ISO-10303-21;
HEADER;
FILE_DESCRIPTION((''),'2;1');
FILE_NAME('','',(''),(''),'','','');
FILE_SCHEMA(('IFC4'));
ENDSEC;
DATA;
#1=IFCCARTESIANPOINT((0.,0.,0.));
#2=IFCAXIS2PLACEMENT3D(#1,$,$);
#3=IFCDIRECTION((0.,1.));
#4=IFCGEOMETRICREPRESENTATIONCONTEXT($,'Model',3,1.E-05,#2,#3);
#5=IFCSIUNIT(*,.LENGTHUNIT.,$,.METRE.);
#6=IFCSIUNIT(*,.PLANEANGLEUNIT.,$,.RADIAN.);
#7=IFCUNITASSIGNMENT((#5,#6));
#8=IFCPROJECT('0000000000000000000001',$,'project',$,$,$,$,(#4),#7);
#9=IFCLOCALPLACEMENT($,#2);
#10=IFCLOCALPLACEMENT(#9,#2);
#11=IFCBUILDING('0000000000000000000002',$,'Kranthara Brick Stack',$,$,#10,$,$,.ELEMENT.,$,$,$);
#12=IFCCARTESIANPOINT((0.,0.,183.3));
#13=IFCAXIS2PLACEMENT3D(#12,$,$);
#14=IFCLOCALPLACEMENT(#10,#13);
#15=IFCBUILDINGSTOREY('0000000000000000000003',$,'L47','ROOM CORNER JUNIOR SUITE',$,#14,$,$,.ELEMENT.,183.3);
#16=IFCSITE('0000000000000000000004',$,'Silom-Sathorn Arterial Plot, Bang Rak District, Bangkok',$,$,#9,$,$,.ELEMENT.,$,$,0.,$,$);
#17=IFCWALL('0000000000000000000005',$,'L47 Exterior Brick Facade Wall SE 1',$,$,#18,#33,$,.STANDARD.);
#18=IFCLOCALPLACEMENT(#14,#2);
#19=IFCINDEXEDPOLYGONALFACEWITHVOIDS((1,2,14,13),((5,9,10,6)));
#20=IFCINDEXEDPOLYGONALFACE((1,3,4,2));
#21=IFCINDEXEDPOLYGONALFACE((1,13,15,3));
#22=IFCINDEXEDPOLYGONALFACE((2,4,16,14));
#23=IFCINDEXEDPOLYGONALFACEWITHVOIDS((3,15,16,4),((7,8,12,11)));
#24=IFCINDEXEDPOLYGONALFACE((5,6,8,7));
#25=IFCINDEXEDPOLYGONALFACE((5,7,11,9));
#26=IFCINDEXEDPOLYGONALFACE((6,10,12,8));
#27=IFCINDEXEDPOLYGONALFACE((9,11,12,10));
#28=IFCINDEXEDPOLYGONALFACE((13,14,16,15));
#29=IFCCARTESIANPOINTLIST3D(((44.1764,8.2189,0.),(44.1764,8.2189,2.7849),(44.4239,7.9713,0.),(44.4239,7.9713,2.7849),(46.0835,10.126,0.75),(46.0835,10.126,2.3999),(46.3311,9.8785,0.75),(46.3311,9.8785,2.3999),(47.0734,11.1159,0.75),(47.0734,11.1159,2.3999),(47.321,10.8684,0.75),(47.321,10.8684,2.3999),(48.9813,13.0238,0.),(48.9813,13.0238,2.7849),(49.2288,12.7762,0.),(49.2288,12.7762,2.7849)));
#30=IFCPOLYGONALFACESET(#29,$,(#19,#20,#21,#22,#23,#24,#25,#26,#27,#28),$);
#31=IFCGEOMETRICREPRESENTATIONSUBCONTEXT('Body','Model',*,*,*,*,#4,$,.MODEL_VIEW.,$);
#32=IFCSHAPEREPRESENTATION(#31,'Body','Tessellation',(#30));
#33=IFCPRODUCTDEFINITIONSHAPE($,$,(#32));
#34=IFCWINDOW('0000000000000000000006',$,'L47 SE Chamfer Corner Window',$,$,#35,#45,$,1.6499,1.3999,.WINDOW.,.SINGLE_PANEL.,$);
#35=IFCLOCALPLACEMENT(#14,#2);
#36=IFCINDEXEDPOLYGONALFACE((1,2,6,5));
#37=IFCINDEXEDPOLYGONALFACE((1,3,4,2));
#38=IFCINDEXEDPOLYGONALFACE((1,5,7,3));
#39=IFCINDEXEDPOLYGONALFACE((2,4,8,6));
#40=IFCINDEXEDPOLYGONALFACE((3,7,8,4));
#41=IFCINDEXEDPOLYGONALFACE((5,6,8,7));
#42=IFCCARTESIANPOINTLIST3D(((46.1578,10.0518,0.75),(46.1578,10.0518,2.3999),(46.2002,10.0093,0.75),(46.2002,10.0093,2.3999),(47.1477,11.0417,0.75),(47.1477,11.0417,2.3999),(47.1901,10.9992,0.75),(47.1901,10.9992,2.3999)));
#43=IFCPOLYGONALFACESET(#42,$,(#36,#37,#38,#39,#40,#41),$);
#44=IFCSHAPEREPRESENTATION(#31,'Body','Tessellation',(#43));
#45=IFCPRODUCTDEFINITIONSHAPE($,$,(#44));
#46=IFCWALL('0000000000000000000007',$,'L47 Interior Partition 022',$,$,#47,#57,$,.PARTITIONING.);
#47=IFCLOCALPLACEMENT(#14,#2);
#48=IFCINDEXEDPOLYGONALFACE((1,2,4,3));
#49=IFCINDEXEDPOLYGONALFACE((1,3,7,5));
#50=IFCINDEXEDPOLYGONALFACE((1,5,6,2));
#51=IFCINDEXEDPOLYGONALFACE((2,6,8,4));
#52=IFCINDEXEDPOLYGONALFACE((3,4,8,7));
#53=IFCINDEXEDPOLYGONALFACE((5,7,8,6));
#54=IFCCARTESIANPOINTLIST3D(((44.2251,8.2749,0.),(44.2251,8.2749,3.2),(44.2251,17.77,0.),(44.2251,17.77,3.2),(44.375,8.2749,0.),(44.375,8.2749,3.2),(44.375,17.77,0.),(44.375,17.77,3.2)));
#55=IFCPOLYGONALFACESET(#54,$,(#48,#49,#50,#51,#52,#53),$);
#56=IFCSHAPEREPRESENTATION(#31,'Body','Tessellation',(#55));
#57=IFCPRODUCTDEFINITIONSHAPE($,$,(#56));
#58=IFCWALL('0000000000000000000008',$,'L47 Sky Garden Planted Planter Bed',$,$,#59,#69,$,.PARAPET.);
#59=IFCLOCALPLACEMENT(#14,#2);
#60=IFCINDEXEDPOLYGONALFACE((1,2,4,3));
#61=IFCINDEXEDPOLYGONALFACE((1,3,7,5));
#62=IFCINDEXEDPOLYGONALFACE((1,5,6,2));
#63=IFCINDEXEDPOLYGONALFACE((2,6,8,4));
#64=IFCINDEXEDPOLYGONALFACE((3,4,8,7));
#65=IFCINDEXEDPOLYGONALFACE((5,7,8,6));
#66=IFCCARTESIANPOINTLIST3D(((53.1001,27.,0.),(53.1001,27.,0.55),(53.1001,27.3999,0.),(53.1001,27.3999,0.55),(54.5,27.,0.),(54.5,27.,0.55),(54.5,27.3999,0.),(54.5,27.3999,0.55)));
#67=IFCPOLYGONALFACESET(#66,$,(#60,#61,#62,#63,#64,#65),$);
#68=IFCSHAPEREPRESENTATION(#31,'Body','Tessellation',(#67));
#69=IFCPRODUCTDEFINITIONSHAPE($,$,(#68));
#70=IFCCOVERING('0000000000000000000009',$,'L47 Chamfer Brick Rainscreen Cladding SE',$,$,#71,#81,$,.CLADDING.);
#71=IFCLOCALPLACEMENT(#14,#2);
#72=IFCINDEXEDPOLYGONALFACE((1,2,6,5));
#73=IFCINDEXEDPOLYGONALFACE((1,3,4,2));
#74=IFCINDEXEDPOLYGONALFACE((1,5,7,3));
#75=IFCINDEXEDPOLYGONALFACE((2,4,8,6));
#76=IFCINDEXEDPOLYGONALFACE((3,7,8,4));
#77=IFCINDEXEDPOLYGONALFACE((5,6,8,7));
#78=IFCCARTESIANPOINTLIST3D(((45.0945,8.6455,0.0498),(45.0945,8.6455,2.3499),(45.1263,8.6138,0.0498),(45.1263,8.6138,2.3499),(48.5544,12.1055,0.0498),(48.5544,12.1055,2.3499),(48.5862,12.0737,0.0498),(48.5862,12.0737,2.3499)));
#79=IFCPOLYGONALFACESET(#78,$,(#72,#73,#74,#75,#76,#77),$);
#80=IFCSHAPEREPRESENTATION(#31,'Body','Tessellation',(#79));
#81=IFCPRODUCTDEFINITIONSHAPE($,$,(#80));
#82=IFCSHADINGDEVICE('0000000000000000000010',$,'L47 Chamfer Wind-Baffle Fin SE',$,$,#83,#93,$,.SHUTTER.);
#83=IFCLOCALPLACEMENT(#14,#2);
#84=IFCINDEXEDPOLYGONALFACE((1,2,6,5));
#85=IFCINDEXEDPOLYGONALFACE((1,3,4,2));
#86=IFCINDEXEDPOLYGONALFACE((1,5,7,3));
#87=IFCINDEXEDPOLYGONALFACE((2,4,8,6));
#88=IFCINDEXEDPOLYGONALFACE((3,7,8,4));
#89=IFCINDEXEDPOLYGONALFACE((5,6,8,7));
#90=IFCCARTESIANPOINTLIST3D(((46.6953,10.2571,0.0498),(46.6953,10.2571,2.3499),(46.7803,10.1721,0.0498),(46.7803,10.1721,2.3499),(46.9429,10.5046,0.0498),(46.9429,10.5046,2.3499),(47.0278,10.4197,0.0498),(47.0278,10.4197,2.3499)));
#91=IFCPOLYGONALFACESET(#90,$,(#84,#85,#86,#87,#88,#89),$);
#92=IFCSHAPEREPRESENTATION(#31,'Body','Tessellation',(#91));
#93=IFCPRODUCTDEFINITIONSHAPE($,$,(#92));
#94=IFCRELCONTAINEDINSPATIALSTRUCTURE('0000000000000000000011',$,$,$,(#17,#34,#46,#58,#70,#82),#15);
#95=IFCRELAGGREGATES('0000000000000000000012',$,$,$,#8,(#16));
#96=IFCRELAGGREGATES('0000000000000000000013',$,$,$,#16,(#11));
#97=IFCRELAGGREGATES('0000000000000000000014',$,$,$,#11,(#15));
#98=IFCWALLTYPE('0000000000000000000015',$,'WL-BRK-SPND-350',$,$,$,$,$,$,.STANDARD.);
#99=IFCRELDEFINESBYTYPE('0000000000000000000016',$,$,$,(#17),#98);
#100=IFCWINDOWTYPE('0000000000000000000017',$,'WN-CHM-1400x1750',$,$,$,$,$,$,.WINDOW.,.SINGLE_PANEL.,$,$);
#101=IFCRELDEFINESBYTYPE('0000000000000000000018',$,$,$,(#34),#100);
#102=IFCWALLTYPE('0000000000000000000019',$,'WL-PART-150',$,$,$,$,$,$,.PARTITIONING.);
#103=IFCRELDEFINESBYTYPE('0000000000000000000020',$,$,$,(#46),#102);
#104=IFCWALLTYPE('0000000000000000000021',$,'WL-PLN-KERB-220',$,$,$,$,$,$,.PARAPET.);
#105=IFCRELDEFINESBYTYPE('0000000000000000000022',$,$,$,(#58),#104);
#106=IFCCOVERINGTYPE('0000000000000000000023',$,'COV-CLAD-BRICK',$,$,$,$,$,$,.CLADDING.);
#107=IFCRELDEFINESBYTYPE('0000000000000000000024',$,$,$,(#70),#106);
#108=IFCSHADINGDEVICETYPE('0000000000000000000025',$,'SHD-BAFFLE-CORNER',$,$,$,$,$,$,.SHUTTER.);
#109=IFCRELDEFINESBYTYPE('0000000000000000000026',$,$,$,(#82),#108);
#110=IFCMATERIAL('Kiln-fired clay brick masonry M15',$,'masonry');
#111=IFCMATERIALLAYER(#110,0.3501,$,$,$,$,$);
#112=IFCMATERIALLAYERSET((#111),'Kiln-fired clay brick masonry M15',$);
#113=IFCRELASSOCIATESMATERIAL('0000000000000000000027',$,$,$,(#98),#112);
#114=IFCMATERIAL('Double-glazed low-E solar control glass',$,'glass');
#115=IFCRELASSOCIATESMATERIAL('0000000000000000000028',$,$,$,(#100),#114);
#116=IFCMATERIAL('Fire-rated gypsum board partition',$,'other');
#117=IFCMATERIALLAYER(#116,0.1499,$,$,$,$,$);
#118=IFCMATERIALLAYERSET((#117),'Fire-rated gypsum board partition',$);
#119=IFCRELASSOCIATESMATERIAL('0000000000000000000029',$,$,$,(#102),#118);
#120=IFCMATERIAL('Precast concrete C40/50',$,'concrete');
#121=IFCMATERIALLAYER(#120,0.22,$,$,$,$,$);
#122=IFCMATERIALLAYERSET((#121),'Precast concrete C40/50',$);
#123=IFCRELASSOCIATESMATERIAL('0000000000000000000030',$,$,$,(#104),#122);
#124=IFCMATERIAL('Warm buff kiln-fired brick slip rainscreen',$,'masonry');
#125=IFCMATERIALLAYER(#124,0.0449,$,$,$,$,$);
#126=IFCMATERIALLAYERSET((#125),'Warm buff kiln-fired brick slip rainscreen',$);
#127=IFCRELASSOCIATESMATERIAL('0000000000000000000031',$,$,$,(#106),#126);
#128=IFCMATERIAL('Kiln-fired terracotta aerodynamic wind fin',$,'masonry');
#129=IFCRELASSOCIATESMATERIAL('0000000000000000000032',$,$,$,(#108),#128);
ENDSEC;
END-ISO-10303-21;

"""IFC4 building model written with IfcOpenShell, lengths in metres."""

from ifc_helpers import new_model, si_unit, direction, frame, frame_2d, origin, origin_2d, place, context, subcontext, project, spatial, rectangle, extrude, material, layer, layer_set, type_object, element, fill, save


model = new_model("IFC4")

# Units and contexts
model_context = context("Model", 3, precision=1e-05, world=origin(), true_north=direction((0.0, 1.0)))
body_context = subcontext(model_context, "Body", "Model", "MODEL_VIEW")
ifc_project = project(units=[si_unit("LENGTHUNIT", "METRE"), si_unit("PLANEANGLEUNIT", "RADIAN")], contexts=[model_context])

# Site, building, storey
site_placement = place(None, origin())
site = spatial("IfcSite", under=ifc_project, at=site_placement, Name="Silom-Sathorn Arterial Plot, Bang Rak District, Bangkok", CompositionType="ELEMENT", RefElevation=0.0)
building_placement = place(site_placement, origin())
building = spatial("IfcBuilding", under=site, at=building_placement, Name="Kranthara Brick Stack", CompositionType="ELEMENT")
storey_placement = place(building_placement, frame((0.0, 0.0, 183.3)))
storey = spatial("IfcBuildingStorey", under=building, at=storey_placement, Name="L47", Description="ROOM CORNER JUNIOR SUITE", CompositionType="ELEMENT", Elevation=183.3)

# Shared definitions
ifc_material_1 = material(Name="Kiln-fired clay brick masonry M15", Category="masonry")
ifc_layer_1 = layer(ifc_material_1, 0.3501)
ifc_layer_set_1 = layer_set([ifc_layer_1], Name="Kiln-fired clay brick masonry M15")
wall_type_1 = type_object("IfcWallType", Name="WL-BRK-SPND-350", PredefinedType="STANDARD", material=ifc_layer_set_1)

# Wall, opening, window
wall_1_placement = place(storey_placement, frame((49.105, 12.8999, 0.0), z_axis=(0.0, 0.0, 1.0), x_axis=(-0.707107, -0.707107, 0.0)))
wall_1 = element("IfcWall", 1, at=wall_1_placement, inside=storey, type_object=wall_type_1, Name="L47 Exterior Brick Facade Wall SE 1", PredefinedType="STANDARD", context=body_context, shape_type="SweptSolid", body=[
    extrude(rectangle(XDim=6.7952, YDim=0.3501, at=frame_2d((3.3975, 0.0))), origin(), (0.0, 0.0, 1.0), 2.7849),
])
opening_1_placement = place(wall_1_placement, frame((2.698, 0.0, 0.75)))
opening_1 = element("IfcOpeningElement", 2, at=opening_1_placement, cuts=wall_1, PredefinedType="OPENING", context=body_context, shape_type="SweptSolid", body=[
    extrude(rectangle(XDim=1.3999, YDim=1.6499, at=frame_2d((0.7, 0.825))), frame((0.0, 0.1851, 0.0), z_axis=(0.0, -1.0, 0.0), x_axis=(1.0, 0.0, 0.0)), (0.0, 0.0, 1.0), 0.3701),
])
ifc_material_2 = material(Name="Double-glazed low-E solar control glass", Category="glass")
window_type_1 = type_object("IfcWindowType", Name="WN-CHM-1400x1750", PartitioningType="SINGLE_PANEL", PredefinedType="WINDOW", material=ifc_material_2)
window_1_placement = place(opening_1_placement, origin())
window_1 = element("IfcWindow", 3, at=window_1_placement, inside=storey, type_object=window_type_1, Name="L47 SE Chamfer Corner Window", OverallHeight=1.6499, OverallWidth=1.3999, PartitioningType="SINGLE_PANEL", PredefinedType="WINDOW", context=body_context, shape_type="SweptSolid", body=[
    extrude(rectangle(XDim=1.3999, YDim=1.6499, at=frame_2d((0.7, 0.825))), frame((0.0, -0.01, 0.0), z_axis=(0.0, -1.0, 0.0), x_axis=(1.0, 0.0, 0.0)), (0.0, 0.0, 1.0), 0.0601),
])
fill(opening_1, window_1)

# Walls
ifc_material_3 = material(Name="Fire-rated gypsum board partition", Category="other")
ifc_layer_2 = layer(ifc_material_3, 0.1499)
ifc_layer_set_2 = layer_set([ifc_layer_2], Name="Fire-rated gypsum board partition")
wall_type_2 = type_object("IfcWallType", Name="WL-PART-150", PredefinedType="PARTITIONING", material=ifc_layer_set_2)
wall_2_placement = place(storey_placement, frame((44.3, 8.2749, 0.0), z_axis=(0.0, 0.0, 1.0), x_axis=(0.0, 1.0, 0.0)))
element("IfcWall", 4, at=wall_2_placement, inside=storey, type_object=wall_type_2, Name="L47 Interior Partition 022", PredefinedType="PARTITIONING", context=body_context, shape_type="SweptSolid", body=[
    extrude(rectangle(XDim=9.4951, YDim=0.1499, at=frame_2d((4.7476, 0.0))), origin(), (0.0, 0.0, 1.0), 3.2),
])
ifc_material_4 = material(Name="Precast concrete C40/50", Category="concrete")
ifc_layer_3 = layer(ifc_material_4, 0.22)
ifc_layer_set_3 = layer_set([ifc_layer_3], Name="Precast concrete C40/50")
wall_type_3 = type_object("IfcWallType", Name="WL-PLN-KERB-220", PredefinedType="PARAPET", material=ifc_layer_set_3)
wall_3_placement = place(storey_placement, frame((53.1001, 27.2, 0.0), z_axis=(0.0, 0.0, 1.0), x_axis=(1.0, 0.0, 0.0)))
element("IfcWall", 5, at=wall_3_placement, inside=storey, type_object=wall_type_3, Name="L47 Sky Garden Planted Planter Bed", PredefinedType="PARAPET", context=body_context, shape_type="SweptSolid", body=[
    extrude(rectangle(XDim=1.3999, YDim=0.3999, at=frame_2d((0.7, 0.0))), origin(), (0.0, 0.0, 1.0), 0.55),
])

# Covering
ifc_material_5 = material(Name="Warm buff kiln-fired brick slip rainscreen", Category="masonry")
ifc_layer_4 = layer(ifc_material_5, 0.0449)
ifc_layer_set_4 = layer_set([ifc_layer_4], Name="Warm buff kiln-fired brick slip rainscreen")
covering_type = type_object("IfcCoveringType", Name="COV-CLAD-BRICK", PredefinedType="CLADDING", material=ifc_layer_set_4)
covering_placement = place(storey_placement, frame((46.8403, 10.3596, 0.0498), z_axis=(0.0, 0.0, 1.0), x_axis=(-0.707107, -0.707107, 0.0)))
element("IfcCovering", 6, at=covering_placement, inside=storey, type_object=covering_type, Name="L47 Chamfer Brick Rainscreen Cladding SE", PredefinedType="CLADDING", context=body_context, shape_type="SweptSolid", body=[
    extrude(rectangle(XDim=4.8931, YDim=0.0449, at=origin_2d()), origin(), (0.0, 0.0, 1.0), 2.3),
])

# Shading device
ifc_material_6 = material(Name="Kiln-fired terracotta aerodynamic wind fin", Category="masonry")
shading_device_type = type_object("IfcShadingDeviceType", Name="SHD-BAFFLE-CORNER", PredefinedType="SHUTTER", material=ifc_material_6)
shading_device_placement = place(storey_placement, frame((46.8616, 10.3384, 0.0498), z_axis=(0.0, 0.0, 1.0), x_axis=(-0.707107, -0.707107, 0.0)))
element("IfcShadingDevice", 7, at=shading_device_placement, inside=storey, type_object=shading_device_type, Name="L47 Chamfer Wind-Baffle Fin SE", PredefinedType="SHUTTER", context=body_context, shape_type="SweptSolid", body=[
    extrude(rectangle(XDim=0.3501, YDim=0.1201, at=origin_2d()), origin(), (0.0, 0.0, 1.0), 2.3),
])

save(model, "model.ifc")
